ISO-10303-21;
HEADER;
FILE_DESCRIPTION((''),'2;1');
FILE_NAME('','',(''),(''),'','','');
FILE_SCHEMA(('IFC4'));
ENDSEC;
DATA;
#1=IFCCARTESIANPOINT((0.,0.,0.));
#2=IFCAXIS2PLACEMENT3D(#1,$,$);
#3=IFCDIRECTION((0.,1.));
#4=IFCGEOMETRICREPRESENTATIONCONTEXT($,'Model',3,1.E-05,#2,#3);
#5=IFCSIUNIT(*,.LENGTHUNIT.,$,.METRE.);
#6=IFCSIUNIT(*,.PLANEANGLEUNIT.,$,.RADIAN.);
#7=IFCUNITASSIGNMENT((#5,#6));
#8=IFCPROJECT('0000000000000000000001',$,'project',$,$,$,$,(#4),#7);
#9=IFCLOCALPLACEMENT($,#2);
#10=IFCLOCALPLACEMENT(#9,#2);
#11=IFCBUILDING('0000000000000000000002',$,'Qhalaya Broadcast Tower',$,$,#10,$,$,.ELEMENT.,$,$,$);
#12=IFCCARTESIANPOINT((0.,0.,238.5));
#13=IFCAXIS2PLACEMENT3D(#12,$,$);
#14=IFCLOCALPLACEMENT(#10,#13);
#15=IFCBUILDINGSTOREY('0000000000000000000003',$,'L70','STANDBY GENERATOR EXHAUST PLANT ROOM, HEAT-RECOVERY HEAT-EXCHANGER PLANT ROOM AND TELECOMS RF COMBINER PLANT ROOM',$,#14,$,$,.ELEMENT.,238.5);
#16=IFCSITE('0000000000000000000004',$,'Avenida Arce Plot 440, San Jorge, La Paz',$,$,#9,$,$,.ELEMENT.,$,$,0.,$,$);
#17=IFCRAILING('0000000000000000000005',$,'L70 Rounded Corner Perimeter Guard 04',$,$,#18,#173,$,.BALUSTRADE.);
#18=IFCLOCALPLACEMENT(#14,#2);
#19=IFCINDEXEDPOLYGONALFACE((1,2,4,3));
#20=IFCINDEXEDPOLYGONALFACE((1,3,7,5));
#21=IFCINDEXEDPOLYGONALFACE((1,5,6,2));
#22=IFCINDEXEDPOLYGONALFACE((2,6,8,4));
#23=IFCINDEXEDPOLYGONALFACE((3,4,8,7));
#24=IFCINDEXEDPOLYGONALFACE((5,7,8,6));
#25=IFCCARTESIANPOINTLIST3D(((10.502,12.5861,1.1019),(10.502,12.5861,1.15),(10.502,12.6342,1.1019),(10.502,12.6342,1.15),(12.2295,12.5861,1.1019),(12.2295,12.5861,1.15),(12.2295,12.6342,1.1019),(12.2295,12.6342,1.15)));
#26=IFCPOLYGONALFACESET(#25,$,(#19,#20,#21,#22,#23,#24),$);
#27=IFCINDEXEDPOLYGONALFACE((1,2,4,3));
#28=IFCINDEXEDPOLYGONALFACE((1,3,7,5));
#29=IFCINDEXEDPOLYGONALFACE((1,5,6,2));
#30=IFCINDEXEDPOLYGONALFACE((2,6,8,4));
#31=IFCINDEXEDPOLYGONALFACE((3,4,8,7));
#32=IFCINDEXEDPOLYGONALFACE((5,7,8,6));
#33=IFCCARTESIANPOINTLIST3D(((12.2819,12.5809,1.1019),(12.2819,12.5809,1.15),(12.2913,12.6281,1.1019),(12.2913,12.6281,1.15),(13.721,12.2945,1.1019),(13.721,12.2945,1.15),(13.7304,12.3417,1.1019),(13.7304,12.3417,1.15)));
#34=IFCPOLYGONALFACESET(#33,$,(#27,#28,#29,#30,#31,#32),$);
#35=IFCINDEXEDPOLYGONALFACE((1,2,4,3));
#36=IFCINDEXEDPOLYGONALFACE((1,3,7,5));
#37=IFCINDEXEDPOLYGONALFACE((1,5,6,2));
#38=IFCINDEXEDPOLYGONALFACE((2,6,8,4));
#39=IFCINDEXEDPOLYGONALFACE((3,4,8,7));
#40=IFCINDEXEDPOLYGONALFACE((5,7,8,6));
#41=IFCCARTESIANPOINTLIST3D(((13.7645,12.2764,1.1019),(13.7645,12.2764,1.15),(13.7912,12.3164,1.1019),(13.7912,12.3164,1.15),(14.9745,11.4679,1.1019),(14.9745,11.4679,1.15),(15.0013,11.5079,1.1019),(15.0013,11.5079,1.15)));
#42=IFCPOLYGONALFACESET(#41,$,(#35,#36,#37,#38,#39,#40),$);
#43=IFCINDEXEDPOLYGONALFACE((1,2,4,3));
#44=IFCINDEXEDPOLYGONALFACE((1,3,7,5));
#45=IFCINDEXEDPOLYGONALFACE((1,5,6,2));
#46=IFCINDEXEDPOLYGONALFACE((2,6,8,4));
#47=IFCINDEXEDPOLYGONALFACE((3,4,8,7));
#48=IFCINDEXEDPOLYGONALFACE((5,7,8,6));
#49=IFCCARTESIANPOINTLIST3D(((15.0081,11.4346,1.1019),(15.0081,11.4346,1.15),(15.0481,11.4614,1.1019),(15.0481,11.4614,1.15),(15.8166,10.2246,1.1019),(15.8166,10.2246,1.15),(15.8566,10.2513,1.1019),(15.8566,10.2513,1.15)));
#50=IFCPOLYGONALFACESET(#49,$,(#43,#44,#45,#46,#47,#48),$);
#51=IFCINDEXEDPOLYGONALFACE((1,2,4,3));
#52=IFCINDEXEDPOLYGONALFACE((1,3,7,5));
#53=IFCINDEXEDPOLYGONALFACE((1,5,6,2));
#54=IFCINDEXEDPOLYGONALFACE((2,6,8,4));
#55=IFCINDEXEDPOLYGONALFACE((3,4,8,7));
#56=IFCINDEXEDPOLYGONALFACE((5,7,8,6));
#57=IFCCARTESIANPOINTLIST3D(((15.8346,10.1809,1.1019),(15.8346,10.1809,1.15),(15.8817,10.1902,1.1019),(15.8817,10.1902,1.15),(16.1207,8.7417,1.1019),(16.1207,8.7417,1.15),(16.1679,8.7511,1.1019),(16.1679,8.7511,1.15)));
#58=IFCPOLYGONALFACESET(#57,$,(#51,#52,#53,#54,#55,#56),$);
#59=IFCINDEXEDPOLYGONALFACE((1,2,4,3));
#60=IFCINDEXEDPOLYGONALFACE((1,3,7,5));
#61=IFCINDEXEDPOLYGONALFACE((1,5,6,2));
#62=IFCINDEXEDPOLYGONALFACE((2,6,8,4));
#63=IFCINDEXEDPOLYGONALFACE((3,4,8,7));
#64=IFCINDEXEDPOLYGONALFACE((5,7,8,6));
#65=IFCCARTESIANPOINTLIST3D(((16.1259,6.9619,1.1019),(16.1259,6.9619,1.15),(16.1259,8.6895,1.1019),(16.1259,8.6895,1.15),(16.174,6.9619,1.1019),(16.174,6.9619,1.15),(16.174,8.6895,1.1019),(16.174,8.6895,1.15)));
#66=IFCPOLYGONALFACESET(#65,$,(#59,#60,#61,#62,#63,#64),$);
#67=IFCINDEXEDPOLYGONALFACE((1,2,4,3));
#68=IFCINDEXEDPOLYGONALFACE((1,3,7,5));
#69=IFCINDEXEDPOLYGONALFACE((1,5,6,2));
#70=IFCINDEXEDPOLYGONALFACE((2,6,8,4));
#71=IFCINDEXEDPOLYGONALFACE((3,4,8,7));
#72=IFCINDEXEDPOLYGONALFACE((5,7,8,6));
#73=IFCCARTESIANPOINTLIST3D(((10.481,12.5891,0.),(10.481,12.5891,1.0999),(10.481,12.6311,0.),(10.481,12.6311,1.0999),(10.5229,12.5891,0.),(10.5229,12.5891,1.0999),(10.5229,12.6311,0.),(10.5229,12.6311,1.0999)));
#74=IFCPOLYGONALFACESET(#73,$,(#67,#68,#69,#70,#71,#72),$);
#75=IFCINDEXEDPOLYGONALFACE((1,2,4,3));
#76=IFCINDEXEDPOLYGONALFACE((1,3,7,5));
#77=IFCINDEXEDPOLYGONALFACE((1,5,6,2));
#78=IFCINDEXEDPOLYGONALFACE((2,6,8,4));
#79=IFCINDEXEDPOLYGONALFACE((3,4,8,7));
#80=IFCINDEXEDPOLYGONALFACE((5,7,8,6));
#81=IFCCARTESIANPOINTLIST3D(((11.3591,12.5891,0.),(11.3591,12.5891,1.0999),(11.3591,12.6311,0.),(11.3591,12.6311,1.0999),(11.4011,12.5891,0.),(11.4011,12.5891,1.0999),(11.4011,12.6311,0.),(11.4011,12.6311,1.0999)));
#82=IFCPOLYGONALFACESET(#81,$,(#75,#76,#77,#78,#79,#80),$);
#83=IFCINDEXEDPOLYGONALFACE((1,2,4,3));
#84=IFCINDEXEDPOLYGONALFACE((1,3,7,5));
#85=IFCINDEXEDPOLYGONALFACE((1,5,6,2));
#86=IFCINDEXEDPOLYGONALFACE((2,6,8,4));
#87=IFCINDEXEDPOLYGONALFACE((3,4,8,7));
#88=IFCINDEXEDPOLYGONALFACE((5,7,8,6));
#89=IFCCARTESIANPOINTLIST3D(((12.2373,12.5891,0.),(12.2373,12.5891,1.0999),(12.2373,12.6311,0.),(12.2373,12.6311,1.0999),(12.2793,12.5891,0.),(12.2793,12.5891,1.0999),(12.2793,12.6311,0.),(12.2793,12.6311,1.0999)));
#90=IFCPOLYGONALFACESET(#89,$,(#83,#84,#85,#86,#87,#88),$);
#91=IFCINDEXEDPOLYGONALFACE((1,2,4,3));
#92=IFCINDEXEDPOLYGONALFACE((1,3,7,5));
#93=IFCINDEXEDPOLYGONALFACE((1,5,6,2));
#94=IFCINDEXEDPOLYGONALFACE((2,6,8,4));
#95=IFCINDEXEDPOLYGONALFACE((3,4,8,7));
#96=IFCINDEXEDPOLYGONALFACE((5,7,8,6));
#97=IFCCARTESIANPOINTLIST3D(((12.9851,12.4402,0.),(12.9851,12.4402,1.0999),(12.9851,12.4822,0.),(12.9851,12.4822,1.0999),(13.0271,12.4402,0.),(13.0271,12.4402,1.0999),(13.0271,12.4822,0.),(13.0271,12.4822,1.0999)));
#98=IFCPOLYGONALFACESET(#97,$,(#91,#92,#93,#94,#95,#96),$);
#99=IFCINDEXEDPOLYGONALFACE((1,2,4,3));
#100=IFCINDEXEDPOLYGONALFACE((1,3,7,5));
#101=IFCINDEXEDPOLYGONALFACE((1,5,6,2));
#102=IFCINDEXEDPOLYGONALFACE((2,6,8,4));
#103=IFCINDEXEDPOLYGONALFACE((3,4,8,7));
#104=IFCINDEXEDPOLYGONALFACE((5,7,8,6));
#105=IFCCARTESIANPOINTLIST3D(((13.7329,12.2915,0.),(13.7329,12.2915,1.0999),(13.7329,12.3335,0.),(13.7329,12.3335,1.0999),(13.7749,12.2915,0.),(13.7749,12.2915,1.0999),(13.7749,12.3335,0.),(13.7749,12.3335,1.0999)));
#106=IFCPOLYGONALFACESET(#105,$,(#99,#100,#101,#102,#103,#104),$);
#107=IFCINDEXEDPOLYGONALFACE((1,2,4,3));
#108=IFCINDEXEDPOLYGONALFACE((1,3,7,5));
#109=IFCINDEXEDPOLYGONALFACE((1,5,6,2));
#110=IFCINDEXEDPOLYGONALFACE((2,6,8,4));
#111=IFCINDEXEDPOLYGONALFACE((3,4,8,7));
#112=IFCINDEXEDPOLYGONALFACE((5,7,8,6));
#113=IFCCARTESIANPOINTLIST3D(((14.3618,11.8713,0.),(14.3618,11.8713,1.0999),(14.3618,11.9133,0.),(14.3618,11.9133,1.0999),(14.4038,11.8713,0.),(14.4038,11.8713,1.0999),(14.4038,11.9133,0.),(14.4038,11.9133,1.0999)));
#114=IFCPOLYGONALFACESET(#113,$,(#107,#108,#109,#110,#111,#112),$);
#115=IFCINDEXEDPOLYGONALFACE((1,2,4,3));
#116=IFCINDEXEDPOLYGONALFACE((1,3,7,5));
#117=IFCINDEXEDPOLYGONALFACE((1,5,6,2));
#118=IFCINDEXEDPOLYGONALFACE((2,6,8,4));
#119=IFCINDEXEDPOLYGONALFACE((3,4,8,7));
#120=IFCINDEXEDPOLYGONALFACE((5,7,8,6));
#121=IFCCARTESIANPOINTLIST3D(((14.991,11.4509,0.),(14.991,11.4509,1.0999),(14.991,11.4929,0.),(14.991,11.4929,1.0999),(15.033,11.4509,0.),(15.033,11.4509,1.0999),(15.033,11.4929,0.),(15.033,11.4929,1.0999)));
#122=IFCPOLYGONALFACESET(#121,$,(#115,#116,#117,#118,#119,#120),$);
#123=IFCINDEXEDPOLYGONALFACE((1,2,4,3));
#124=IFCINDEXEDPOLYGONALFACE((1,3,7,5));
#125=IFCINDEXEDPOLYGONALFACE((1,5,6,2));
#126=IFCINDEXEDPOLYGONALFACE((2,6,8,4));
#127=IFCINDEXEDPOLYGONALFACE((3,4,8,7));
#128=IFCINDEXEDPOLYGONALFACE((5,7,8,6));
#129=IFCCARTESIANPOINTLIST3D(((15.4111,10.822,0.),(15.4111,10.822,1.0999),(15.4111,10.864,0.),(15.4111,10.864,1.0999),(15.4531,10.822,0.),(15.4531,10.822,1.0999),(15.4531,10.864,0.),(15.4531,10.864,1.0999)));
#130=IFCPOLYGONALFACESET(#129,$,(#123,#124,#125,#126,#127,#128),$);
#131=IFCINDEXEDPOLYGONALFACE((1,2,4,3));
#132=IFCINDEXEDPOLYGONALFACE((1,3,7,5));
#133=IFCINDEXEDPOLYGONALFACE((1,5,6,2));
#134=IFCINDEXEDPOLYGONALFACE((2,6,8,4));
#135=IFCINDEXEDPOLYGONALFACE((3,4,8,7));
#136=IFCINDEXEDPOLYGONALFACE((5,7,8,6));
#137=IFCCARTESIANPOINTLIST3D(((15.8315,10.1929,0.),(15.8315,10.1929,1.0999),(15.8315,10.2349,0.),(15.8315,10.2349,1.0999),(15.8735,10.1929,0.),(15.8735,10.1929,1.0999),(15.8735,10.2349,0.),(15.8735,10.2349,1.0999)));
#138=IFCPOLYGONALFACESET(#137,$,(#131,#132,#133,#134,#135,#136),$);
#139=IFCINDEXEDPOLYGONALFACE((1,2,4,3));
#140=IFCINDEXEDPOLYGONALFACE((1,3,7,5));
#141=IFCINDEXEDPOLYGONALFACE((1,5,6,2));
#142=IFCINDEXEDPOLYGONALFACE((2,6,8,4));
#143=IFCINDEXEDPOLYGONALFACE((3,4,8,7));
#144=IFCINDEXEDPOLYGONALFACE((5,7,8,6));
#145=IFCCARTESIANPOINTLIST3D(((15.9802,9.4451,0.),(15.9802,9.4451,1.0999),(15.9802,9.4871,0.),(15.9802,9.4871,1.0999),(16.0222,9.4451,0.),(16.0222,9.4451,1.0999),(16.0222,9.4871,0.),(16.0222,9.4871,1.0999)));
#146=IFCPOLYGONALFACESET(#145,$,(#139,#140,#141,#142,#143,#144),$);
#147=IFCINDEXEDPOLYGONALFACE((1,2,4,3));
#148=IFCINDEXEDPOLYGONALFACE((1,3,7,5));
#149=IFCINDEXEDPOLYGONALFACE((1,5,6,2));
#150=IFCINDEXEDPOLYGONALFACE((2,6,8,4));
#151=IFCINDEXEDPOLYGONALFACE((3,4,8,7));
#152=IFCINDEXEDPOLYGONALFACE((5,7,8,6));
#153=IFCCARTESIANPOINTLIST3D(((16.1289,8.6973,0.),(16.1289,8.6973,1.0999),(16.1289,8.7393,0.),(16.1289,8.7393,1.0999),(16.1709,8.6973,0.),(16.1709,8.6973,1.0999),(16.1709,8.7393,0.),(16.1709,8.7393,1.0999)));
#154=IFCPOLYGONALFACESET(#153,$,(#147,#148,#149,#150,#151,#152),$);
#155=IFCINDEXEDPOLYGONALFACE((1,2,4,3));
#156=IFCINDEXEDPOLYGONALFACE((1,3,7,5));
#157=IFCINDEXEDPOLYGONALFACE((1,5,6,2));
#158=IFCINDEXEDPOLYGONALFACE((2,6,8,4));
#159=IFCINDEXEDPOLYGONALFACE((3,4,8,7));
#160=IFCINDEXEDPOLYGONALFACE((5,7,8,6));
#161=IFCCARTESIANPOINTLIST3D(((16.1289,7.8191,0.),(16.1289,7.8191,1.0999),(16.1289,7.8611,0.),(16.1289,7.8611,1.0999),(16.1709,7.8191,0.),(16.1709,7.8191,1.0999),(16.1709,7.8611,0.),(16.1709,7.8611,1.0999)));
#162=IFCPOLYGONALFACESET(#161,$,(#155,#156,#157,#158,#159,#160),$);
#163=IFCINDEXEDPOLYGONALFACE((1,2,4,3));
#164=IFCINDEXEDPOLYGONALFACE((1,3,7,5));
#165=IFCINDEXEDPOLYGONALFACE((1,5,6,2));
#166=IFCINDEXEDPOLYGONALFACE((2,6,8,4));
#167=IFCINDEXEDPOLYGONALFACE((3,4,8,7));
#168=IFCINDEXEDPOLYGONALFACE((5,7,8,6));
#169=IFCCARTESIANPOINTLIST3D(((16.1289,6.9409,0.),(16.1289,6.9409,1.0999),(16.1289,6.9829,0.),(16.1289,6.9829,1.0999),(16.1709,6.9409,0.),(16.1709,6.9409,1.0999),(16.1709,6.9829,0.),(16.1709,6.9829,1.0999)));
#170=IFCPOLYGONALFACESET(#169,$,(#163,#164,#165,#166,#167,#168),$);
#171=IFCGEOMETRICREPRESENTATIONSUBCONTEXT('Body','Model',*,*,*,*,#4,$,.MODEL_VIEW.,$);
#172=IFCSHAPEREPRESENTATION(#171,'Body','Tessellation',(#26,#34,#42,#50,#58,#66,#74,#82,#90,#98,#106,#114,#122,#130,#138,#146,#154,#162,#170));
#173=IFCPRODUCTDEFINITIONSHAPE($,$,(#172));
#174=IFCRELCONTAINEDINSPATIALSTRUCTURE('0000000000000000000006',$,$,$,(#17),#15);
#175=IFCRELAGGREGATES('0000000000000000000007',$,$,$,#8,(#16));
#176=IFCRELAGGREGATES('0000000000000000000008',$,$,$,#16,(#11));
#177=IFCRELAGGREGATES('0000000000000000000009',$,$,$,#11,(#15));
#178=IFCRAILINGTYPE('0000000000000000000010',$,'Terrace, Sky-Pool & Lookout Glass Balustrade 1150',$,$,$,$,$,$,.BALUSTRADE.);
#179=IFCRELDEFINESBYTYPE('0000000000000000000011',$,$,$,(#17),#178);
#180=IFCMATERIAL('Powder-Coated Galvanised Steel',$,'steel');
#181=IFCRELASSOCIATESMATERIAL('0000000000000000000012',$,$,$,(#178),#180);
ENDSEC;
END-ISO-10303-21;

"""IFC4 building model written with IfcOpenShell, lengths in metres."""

from ifc_helpers import new_model, si_unit, direction, frame, origin, origin_2d, place, context, subcontext, project, spatial, rectangle, extrude, material, type_object, element, save


model = new_model("IFC4")

# Units and contexts
model_context = context("Model", 3, precision=1e-05, world=origin(), true_north=direction((0.0, 1.0)))
body_context = subcontext(model_context, "Body", "Model", "MODEL_VIEW")
ifc_project = project(units=[si_unit("LENGTHUNIT", "METRE"), si_unit("PLANEANGLEUNIT", "RADIAN")], contexts=[model_context])

# Site, building, storey
site_placement = place(None, origin())
site = spatial("IfcSite", under=ifc_project, at=site_placement, Name="Avenida Arce Plot 440, San Jorge, La Paz", CompositionType="ELEMENT", RefElevation=0.0)
building_placement = place(site_placement, origin())
building = spatial("IfcBuilding", under=site, at=building_placement, Name="Qhalaya Broadcast Tower", CompositionType="ELEMENT")
storey_placement = place(building_placement, frame((0.0, 0.0, 238.5)))
storey = spatial("IfcBuildingStorey", under=building, at=storey_placement, Name="L70", Description="STANDBY GENERATOR EXHAUST PLANT ROOM, HEAT-RECOVERY HEAT-EXCHANGER PLANT ROOM AND TELECOMS RF COMBINER PLANT ROOM", CompositionType="ELEMENT", Elevation=238.5)

# Railing
ifc_material_1 = material(Name="Powder-Coated Galvanised Steel", Category="steel")
railing_type = type_object("IfcRailingType", Name="Terrace, Sky-Pool & Lookout Glass Balustrade 1150", PredefinedType="BALUSTRADE", material=ifc_material_1)
railing_placement = place(storey_placement, frame((10.502, 12.6101, 0.0)))
element("IfcRailing", 1, at=railing_placement, inside=storey, type_object=railing_type, Name="L70 Rounded Corner Perimeter Guard 04", PredefinedType="BALUSTRADE", context=body_context, shape_type="SweptSolid", body=[
    extrude(rectangle(XDim=0.0481, YDim=0.0481, at=origin_2d()), frame((0.0, 0.0, 1.126), z_axis=(1.0, 0.0, 0.0), x_axis=(0.0, 1.0, 0.0)), (0.0, 0.0, 1.0), 1.7275),
    extrude(rectangle(XDim=0.0481, YDim=0.0481, at=origin_2d()), frame((1.7847, -0.0056, 1.126), z_axis=(0.980771, -0.195162, 0.0), x_axis=(0.195162, 0.980771, 0.0)), (0.0, 0.0, 1.0), 1.4673),
    extrude(rectangle(XDim=0.0481, YDim=0.0481, at=origin_2d()), frame((3.2759, -0.3137, 1.126), z_axis=(0.831479, -0.555556, 0.0), x_axis=(0.555556, 0.831479, 0.0)), (0.0, 0.0, 1.0), 1.4553),
    extrude(rectangle(XDim=0.0481, YDim=0.0481, at=origin_2d()), frame((4.5261, -1.1621, 1.126), z_axis=(0.555556, -0.831479, 0.0), x_axis=(0.831479, 0.555556, 0.0)), (0.0, 0.0, 1.0), 1.4553),
    extrude(rectangle(XDim=0.0481, YDim=0.0481, at=origin_2d()), frame((5.3562, -2.4246, 1.126), z_axis=(0.195008, -0.980802, 0.0), x_axis=(0.980802, 0.195008, 0.0)), (0.0, 0.0, 1.0), 1.4673),
    extrude(rectangle(XDim=0.0481, YDim=0.0481, at=origin_2d()), frame((5.6479, -3.9207, 1.126), z_axis=(0.0, -1.0, 0.0), x_axis=(1.0, 0.0, 0.0)), (0.0, 0.0, 1.0), 1.7275),
    extrude(rectangle(XDim=0.042, YDim=0.042, at=origin_2d()), origin(), (0.0, 0.0, 1.0), 1.0999),
    extrude(rectangle(XDim=0.042, YDim=0.042, at=origin_2d()), frame((0.8782, 0.0, 0.0)), (0.0, 0.0, 1.0), 1.0999),
    extrude(rectangle(XDim=0.042, YDim=0.042, at=origin_2d()), frame((1.7563, 0.0, 0.0)), (0.0, 0.0, 1.0), 1.0999),
    extrude(rectangle(XDim=0.042, YDim=0.042, at=origin_2d()), frame((2.5042, -0.1489, 0.0)), (0.0, 0.0, 1.0), 1.0999),
    extrude(rectangle(XDim=0.042, YDim=0.042, at=origin_2d()), frame((3.252, -0.2976, 0.0)), (0.0, 0.0, 1.0), 1.0999),
    extrude(rectangle(XDim=0.042, YDim=0.042, at=origin_2d()), frame((3.8809, -0.7178, 0.0)), (0.0, 0.0, 1.0), 1.0999),
    extrude(rectangle(XDim=0.042, YDim=0.042, at=origin_2d()), frame((4.51, -1.1382, 0.0)), (0.0, 0.0, 1.0), 1.0999),
    extrude(rectangle(XDim=0.042, YDim=0.042, at=origin_2d()), frame((4.9302, -1.7671, 0.0)), (0.0, 0.0, 1.0), 1.0999),
    extrude(rectangle(XDim=0.042, YDim=0.042, at=origin_2d()), frame((5.3506, -2.3962, 0.0)), (0.0, 0.0, 1.0), 1.0999),
    extrude(rectangle(XDim=0.042, YDim=0.042, at=origin_2d()), frame((5.4993, -3.144, 0.0)), (0.0, 0.0, 1.0), 1.0999),
    extrude(rectangle(XDim=0.042, YDim=0.042, at=origin_2d()), frame((5.6479, -3.8918, 0.0)), (0.0, 0.0, 1.0), 1.0999),
    extrude(rectangle(XDim=0.042, YDim=0.042, at=origin_2d()), frame((5.6479, -4.77, 0.0)), (0.0, 0.0, 1.0), 1.0999),
    extrude(rectangle(XDim=0.042, YDim=0.042, at=origin_2d()), frame((5.6479, -5.6482, 0.0)), (0.0, 0.0, 1.0), 1.0999),
])

save(model, "model.ifc")
